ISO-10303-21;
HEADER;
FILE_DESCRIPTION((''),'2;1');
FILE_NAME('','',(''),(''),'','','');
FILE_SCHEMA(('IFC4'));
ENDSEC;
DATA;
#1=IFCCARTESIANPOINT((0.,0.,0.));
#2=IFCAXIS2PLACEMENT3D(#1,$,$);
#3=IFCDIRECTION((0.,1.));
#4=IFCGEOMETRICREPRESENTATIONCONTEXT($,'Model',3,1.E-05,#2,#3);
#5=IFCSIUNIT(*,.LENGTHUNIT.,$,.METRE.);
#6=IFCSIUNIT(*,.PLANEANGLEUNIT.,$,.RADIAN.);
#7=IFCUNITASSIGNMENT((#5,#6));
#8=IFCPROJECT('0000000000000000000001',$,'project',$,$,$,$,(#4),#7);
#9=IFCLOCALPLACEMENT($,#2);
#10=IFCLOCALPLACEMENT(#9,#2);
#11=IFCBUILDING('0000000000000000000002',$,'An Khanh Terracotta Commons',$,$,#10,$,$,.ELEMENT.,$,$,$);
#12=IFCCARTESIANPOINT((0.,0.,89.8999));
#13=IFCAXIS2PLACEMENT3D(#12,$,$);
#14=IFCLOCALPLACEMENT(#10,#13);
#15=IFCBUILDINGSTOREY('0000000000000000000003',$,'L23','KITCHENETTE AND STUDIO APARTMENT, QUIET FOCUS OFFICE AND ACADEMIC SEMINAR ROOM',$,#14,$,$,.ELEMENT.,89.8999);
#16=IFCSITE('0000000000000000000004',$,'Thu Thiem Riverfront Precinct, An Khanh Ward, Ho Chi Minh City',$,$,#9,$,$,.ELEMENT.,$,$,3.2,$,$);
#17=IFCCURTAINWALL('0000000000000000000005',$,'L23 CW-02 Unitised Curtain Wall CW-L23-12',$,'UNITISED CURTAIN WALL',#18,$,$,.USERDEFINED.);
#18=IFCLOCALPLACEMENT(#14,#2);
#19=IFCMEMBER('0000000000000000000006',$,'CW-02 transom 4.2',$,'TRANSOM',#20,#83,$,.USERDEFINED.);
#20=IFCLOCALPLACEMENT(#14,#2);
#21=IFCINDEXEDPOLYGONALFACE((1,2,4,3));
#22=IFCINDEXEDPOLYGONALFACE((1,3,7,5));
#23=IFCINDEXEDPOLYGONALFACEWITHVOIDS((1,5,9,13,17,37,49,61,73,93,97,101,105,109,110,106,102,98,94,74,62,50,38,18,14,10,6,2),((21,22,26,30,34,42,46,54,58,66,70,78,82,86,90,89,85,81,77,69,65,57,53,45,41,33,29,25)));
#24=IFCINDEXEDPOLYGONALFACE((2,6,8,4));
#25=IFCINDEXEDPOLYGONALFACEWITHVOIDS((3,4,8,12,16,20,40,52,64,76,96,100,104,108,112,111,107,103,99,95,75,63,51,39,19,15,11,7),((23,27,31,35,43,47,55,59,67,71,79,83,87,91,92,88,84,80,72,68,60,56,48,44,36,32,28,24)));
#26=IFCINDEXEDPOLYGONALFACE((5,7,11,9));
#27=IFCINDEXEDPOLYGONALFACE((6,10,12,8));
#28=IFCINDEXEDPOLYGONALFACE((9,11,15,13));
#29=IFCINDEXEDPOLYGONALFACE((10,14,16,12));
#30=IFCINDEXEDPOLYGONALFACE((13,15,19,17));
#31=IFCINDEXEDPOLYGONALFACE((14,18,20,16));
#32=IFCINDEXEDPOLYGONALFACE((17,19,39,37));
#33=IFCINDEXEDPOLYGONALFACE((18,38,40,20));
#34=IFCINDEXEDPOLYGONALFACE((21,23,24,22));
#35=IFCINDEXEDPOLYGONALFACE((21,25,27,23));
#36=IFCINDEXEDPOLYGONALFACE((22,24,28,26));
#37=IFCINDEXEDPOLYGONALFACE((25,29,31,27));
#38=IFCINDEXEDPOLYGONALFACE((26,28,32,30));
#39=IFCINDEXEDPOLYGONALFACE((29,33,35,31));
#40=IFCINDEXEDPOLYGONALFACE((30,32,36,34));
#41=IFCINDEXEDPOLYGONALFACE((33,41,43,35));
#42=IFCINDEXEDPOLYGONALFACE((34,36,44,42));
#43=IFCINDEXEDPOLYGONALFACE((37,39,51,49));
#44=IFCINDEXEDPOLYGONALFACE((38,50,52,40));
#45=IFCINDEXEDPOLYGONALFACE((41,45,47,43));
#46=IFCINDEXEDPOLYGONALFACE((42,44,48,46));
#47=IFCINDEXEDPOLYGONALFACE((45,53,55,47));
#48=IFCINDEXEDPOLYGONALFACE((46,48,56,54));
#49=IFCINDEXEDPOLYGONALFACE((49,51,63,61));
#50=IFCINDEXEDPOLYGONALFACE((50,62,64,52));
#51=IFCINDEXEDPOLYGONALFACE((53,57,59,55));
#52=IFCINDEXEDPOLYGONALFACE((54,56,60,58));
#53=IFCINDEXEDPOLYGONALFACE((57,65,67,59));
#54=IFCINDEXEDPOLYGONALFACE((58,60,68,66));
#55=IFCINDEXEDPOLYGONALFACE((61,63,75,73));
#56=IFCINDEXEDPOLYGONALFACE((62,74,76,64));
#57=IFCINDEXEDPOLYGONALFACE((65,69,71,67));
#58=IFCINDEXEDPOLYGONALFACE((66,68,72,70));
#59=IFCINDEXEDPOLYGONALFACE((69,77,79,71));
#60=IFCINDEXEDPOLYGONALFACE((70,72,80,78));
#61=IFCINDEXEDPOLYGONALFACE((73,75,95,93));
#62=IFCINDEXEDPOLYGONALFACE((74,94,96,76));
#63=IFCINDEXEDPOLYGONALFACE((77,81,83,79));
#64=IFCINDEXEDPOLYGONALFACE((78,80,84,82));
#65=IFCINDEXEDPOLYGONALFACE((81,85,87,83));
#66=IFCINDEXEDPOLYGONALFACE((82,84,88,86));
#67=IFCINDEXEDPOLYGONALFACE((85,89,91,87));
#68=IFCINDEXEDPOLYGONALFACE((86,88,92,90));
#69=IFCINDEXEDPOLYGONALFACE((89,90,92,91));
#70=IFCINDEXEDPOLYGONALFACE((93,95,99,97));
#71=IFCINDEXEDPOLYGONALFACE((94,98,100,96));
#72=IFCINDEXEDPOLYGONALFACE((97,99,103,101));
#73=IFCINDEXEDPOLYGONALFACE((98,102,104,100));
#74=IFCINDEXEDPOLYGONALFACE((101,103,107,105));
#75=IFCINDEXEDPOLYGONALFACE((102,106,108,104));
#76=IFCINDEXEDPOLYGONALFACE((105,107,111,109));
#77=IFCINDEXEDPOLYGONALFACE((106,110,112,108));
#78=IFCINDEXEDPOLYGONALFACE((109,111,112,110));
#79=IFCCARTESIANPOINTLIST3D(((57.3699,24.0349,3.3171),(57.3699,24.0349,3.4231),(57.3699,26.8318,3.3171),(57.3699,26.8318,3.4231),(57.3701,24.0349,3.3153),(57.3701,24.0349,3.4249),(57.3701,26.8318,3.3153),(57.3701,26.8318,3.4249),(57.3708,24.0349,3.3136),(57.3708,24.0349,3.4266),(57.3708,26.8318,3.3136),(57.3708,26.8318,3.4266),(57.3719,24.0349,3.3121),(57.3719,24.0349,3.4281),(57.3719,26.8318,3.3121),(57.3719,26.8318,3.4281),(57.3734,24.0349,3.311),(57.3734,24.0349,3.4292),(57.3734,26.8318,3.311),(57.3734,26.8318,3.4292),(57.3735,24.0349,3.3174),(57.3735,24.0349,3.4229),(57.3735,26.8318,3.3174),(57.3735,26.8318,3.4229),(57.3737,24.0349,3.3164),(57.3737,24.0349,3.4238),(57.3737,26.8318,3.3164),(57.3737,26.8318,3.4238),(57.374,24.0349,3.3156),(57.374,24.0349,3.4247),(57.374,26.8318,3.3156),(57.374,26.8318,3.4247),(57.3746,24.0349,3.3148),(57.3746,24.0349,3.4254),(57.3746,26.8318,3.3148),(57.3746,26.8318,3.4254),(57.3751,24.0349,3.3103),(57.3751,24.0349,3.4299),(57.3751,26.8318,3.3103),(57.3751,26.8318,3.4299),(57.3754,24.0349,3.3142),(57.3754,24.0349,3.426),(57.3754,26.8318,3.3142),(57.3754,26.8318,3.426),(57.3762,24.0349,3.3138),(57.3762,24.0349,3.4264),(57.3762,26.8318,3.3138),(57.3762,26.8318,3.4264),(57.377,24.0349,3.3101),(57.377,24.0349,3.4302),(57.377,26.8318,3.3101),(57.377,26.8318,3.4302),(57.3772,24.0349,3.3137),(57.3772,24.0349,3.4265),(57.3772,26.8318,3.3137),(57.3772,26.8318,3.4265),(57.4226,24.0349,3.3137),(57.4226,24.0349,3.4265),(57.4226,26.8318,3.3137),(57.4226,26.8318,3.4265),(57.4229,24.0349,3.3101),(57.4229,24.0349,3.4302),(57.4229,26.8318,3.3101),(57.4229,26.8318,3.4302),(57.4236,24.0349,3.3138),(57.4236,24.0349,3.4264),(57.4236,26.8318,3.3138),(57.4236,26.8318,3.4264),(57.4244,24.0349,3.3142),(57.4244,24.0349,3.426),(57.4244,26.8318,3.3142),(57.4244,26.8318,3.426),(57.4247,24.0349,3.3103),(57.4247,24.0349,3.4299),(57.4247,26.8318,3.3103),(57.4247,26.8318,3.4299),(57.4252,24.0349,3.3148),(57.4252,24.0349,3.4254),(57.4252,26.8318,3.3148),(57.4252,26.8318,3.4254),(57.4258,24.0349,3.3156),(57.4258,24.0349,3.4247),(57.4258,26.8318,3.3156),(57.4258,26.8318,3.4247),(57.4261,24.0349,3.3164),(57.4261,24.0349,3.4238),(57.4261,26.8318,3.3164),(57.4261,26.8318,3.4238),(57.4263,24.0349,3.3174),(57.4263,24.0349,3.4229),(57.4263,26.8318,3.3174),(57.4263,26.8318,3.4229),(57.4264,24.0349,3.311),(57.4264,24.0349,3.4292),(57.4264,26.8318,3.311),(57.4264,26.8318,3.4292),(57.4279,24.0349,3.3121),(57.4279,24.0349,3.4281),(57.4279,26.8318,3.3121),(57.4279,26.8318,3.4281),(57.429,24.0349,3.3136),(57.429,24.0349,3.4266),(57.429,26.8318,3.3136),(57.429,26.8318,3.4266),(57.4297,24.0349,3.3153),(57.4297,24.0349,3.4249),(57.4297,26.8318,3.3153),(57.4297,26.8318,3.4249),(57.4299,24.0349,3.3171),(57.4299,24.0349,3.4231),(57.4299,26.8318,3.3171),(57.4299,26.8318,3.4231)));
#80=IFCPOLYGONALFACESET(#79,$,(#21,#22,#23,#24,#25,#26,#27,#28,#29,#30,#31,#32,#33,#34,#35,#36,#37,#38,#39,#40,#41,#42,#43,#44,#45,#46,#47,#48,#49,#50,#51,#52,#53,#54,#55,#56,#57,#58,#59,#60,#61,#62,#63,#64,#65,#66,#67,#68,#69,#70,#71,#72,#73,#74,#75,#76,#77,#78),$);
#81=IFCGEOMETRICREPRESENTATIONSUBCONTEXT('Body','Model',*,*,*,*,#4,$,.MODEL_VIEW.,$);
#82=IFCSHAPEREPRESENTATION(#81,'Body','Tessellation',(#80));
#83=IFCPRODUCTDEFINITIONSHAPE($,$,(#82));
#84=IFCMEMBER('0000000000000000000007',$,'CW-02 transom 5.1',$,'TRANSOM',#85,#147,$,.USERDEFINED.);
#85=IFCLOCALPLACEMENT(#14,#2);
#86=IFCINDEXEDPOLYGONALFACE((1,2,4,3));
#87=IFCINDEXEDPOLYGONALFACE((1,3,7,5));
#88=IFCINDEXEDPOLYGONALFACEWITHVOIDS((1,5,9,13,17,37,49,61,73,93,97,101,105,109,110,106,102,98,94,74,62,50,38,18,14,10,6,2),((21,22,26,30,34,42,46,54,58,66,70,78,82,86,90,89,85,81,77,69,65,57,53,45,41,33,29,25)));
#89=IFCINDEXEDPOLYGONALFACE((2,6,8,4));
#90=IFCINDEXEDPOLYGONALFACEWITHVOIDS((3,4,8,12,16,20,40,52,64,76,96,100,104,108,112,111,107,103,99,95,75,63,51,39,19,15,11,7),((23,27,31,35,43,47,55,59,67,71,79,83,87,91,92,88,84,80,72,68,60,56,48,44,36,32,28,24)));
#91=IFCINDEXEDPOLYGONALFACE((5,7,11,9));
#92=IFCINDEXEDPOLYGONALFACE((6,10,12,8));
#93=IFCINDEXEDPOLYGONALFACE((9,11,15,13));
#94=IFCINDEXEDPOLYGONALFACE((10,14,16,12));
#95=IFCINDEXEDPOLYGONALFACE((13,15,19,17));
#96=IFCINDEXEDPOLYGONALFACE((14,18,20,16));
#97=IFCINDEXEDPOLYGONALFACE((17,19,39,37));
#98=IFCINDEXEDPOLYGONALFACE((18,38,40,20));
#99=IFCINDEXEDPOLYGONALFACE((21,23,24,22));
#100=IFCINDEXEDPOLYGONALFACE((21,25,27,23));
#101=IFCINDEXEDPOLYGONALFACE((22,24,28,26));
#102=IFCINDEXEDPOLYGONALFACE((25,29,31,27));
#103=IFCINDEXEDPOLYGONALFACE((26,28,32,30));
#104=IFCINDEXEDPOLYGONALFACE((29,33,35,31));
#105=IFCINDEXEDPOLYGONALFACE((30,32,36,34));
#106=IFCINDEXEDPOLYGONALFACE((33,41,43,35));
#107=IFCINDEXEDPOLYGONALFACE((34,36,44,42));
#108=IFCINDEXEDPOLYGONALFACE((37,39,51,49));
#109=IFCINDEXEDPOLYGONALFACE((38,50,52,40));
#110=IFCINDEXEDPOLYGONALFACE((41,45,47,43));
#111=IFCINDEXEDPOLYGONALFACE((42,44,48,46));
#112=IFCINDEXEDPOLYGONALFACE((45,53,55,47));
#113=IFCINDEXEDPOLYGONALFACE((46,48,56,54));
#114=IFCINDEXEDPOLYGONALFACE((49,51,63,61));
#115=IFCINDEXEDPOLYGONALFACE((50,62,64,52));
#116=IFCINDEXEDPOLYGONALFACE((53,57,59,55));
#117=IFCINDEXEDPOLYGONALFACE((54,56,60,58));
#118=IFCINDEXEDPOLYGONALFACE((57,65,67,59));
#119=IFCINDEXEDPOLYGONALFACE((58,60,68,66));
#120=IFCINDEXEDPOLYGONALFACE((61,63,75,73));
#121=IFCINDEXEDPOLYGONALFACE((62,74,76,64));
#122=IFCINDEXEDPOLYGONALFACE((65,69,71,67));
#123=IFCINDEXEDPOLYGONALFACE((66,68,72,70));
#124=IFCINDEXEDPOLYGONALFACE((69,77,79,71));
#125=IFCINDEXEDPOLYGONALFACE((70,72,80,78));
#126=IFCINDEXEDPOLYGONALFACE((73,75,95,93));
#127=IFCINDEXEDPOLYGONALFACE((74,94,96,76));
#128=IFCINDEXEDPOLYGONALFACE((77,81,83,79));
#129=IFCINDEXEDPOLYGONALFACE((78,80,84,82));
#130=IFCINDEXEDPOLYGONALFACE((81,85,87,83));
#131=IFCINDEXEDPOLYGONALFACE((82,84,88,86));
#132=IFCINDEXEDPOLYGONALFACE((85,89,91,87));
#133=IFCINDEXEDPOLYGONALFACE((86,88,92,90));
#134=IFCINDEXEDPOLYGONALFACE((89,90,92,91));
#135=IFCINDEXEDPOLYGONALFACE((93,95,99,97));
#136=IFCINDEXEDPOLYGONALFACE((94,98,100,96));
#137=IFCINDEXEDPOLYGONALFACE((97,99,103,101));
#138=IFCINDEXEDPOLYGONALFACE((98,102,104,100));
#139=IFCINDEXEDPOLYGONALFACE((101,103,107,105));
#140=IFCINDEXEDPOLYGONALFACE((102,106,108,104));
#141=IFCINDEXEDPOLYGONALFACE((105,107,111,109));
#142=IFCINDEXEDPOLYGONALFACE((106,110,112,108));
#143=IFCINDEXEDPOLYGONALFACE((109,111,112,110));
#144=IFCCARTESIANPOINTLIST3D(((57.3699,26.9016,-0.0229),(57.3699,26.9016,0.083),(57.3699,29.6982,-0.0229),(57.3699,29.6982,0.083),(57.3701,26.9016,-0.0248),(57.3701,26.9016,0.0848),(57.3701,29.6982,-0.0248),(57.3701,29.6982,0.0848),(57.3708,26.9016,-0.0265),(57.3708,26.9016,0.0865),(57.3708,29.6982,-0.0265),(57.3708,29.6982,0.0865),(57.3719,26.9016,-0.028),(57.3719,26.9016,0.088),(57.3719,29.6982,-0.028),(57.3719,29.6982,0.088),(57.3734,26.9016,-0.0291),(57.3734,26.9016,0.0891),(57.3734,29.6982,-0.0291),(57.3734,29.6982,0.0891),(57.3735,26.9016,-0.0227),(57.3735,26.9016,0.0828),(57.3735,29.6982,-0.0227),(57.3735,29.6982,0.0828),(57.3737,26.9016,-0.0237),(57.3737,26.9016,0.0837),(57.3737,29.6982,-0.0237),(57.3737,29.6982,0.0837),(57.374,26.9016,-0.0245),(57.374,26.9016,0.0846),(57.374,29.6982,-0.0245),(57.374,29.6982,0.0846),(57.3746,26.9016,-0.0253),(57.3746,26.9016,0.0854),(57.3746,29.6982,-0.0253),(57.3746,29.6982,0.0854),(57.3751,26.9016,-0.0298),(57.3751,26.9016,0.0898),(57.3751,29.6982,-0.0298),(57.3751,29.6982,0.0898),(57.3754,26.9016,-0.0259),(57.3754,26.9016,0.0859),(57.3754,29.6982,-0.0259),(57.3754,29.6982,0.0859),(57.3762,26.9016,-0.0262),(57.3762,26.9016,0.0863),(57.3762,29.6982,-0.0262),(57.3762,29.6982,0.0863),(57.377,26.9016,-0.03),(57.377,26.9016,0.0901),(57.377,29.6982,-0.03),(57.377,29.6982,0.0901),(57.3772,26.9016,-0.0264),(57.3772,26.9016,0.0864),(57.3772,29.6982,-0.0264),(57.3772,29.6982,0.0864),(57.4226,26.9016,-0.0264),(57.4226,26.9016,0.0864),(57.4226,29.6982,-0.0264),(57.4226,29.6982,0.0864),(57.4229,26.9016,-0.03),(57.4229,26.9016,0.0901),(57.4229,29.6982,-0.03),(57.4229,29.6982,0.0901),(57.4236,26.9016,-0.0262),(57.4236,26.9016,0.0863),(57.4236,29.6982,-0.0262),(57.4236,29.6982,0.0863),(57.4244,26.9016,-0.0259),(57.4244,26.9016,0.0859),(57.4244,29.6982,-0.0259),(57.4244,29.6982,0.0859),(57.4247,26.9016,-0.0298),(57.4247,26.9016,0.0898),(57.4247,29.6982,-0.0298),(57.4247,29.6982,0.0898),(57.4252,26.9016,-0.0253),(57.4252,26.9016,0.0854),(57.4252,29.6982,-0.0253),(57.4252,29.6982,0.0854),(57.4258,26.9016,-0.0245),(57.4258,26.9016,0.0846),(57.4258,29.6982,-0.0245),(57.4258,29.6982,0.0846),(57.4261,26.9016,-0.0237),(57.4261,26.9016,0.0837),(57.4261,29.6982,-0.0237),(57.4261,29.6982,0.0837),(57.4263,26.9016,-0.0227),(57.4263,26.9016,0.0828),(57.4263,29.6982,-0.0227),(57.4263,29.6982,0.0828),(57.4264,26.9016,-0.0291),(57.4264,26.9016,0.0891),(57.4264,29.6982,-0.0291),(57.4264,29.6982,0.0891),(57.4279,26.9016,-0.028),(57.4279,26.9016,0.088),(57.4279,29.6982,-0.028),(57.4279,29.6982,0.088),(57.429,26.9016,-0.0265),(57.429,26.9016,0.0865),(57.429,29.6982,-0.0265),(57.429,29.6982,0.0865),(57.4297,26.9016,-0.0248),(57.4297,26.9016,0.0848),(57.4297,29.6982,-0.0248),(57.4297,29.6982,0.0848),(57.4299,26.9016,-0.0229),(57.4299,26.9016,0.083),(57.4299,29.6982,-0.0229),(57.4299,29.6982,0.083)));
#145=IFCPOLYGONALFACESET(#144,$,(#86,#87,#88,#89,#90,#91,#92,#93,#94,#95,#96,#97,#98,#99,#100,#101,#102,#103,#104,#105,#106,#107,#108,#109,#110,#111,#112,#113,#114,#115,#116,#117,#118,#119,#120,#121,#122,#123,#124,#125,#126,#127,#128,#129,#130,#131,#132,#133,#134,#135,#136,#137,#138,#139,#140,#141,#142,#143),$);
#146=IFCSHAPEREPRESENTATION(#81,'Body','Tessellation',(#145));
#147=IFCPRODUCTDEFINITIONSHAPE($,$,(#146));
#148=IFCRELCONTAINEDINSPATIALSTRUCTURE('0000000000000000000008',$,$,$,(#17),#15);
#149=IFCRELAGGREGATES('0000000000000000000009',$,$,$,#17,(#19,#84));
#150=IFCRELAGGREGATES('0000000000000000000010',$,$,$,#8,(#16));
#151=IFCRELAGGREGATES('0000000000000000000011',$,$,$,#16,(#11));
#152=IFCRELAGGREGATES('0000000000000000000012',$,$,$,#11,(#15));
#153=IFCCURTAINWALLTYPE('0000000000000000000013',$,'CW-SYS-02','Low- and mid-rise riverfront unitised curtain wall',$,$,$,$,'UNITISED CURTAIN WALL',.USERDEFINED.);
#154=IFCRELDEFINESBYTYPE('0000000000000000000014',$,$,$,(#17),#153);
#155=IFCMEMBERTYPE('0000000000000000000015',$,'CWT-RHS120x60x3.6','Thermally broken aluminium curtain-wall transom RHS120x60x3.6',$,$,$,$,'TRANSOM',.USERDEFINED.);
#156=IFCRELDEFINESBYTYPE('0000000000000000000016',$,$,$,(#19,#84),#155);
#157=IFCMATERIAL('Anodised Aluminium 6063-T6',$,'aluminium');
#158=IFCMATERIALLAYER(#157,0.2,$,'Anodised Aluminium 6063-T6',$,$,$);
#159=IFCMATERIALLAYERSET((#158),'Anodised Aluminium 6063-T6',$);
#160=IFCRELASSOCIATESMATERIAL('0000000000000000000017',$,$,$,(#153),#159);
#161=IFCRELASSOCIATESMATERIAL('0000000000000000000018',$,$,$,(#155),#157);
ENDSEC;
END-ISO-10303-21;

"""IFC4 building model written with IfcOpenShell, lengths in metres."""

from ifc_helpers import new_model, si_unit, direction, frame, origin, origin_2d, place, context, subcontext, project, spatial, hollow_rectangle, extrude, material, layer, layer_set, material_profile, profile_set, type_object, element, aggregate, save


model = new_model("IFC4")

# Units and contexts
model_context = context("Model", 3, precision=1e-05, world=origin(), true_north=direction((0.0, 1.0)))
body_context = subcontext(model_context, "Body", "Model", "MODEL_VIEW")
ifc_project = project(units=[si_unit("LENGTHUNIT", "METRE"), si_unit("PLANEANGLEUNIT", "RADIAN")], contexts=[model_context])

# Site, building, storey
site_placement = place(None, origin())
site = spatial("IfcSite", under=ifc_project, at=site_placement, Name="Thu Thiem Riverfront Precinct, An Khanh Ward, Ho Chi Minh City", CompositionType="ELEMENT", RefElevation=3.2)
building_placement = place(site_placement, origin())
building = spatial("IfcBuilding", under=site, at=building_placement, Name="An Khanh Terracotta Commons", CompositionType="ELEMENT")
storey_placement = place(building_placement, frame((0.0, 0.0, 89.8999)))
storey = spatial("IfcBuildingStorey", under=building, at=storey_placement, Name="L23", Description="KITCHENETTE AND STUDIO APARTMENT, QUIET FOCUS OFFICE AND ACADEMIC SEMINAR ROOM", CompositionType="ELEMENT", Elevation=89.8999)

# Curtain wall
ifc_material_1 = material(Name="Anodised Aluminium 6063-T6", Category="aluminium")
ifc_layer_1 = layer(ifc_material_1, 0.2, Name="Anodised Aluminium 6063-T6")
ifc_layer_set_1 = layer_set([ifc_layer_1], Name="Anodised Aluminium 6063-T6")
curtain_wall_type = type_object("IfcCurtainWallType", Name="CW-SYS-02", Description="Low- and mid-rise riverfront unitised curtain wall", ElementType="UNITISED CURTAIN WALL", PredefinedType="USERDEFINED", material=ifc_layer_set_1)
curtain_wall_1_placement = place(storey_placement, origin())
curtain_wall_1 = element("IfcCurtainWall", 1, at=curtain_wall_1_placement, inside=storey, type_object=curtain_wall_type, Name="L23 CW-02 Unitised Curtain Wall CW-L23-12", ObjectType="UNITISED CURTAIN WALL", PredefinedType="USERDEFINED")

# Members
ifc_material_profile_1 = material_profile(ifc_material_1, hollow_rectangle(XDim=0.0601, YDim=0.1201, WallThickness=0.0037, InnerFilletRadius=0.0037, OuterFilletRadius=0.0071, at=origin_2d()), Name="RHS120x60x3.6")
ifc_profile_set_1 = profile_set([ifc_material_profile_1], Name="Anodised Aluminium 6063-T6")
member_type_1 = type_object("IfcMemberType", Name="CWT-RHS120x60x3.6", Description="Thermally broken aluminium curtain-wall transom RHS120x60x3.6", ElementType="TRANSOM", PredefinedType="USERDEFINED", material=ifc_profile_set_1)
member_1_placement = place(storey_placement, frame((57.3999, 24.0349, 3.3701), z_axis=(0.0, 1.0, 0.0), x_axis=(-1.0, 0.0, 0.0)))
member_1 = element("IfcMember", 2, at=member_1_placement, type_object=member_type_1, Name="CW-02 transom 4.2", ObjectType="TRANSOM", PredefinedType="USERDEFINED", context=body_context, shape_type="SweptSolid", body=[
    extrude(hollow_rectangle(XDim=0.0601, YDim=0.1201, WallThickness=0.0037, InnerFilletRadius=0.0037, OuterFilletRadius=0.0071, at=origin_2d()), origin(), (0.0, 0.0, 1.0), 2.7969),
])
member_2_placement = place(storey_placement, frame((57.3999, 26.9016, 0.03), z_axis=(0.0, 1.0, 0.0), x_axis=(-1.0, 0.0, 0.0)))
member_2 = element("IfcMember", 3, at=member_2_placement, type_object=member_type_1, Name="CW-02 transom 5.1", ObjectType="TRANSOM", PredefinedType="USERDEFINED", context=body_context, shape_type="SweptSolid", body=[
    extrude(hollow_rectangle(XDim=0.0601, YDim=0.1201, WallThickness=0.0037, InnerFilletRadius=0.0037, OuterFilletRadius=0.0071, at=origin_2d()), origin(), (0.0, 0.0, 1.0), 2.7966),
])

aggregate(curtain_wall_1, [member_1, member_2])

save(model, "model.ifc")
